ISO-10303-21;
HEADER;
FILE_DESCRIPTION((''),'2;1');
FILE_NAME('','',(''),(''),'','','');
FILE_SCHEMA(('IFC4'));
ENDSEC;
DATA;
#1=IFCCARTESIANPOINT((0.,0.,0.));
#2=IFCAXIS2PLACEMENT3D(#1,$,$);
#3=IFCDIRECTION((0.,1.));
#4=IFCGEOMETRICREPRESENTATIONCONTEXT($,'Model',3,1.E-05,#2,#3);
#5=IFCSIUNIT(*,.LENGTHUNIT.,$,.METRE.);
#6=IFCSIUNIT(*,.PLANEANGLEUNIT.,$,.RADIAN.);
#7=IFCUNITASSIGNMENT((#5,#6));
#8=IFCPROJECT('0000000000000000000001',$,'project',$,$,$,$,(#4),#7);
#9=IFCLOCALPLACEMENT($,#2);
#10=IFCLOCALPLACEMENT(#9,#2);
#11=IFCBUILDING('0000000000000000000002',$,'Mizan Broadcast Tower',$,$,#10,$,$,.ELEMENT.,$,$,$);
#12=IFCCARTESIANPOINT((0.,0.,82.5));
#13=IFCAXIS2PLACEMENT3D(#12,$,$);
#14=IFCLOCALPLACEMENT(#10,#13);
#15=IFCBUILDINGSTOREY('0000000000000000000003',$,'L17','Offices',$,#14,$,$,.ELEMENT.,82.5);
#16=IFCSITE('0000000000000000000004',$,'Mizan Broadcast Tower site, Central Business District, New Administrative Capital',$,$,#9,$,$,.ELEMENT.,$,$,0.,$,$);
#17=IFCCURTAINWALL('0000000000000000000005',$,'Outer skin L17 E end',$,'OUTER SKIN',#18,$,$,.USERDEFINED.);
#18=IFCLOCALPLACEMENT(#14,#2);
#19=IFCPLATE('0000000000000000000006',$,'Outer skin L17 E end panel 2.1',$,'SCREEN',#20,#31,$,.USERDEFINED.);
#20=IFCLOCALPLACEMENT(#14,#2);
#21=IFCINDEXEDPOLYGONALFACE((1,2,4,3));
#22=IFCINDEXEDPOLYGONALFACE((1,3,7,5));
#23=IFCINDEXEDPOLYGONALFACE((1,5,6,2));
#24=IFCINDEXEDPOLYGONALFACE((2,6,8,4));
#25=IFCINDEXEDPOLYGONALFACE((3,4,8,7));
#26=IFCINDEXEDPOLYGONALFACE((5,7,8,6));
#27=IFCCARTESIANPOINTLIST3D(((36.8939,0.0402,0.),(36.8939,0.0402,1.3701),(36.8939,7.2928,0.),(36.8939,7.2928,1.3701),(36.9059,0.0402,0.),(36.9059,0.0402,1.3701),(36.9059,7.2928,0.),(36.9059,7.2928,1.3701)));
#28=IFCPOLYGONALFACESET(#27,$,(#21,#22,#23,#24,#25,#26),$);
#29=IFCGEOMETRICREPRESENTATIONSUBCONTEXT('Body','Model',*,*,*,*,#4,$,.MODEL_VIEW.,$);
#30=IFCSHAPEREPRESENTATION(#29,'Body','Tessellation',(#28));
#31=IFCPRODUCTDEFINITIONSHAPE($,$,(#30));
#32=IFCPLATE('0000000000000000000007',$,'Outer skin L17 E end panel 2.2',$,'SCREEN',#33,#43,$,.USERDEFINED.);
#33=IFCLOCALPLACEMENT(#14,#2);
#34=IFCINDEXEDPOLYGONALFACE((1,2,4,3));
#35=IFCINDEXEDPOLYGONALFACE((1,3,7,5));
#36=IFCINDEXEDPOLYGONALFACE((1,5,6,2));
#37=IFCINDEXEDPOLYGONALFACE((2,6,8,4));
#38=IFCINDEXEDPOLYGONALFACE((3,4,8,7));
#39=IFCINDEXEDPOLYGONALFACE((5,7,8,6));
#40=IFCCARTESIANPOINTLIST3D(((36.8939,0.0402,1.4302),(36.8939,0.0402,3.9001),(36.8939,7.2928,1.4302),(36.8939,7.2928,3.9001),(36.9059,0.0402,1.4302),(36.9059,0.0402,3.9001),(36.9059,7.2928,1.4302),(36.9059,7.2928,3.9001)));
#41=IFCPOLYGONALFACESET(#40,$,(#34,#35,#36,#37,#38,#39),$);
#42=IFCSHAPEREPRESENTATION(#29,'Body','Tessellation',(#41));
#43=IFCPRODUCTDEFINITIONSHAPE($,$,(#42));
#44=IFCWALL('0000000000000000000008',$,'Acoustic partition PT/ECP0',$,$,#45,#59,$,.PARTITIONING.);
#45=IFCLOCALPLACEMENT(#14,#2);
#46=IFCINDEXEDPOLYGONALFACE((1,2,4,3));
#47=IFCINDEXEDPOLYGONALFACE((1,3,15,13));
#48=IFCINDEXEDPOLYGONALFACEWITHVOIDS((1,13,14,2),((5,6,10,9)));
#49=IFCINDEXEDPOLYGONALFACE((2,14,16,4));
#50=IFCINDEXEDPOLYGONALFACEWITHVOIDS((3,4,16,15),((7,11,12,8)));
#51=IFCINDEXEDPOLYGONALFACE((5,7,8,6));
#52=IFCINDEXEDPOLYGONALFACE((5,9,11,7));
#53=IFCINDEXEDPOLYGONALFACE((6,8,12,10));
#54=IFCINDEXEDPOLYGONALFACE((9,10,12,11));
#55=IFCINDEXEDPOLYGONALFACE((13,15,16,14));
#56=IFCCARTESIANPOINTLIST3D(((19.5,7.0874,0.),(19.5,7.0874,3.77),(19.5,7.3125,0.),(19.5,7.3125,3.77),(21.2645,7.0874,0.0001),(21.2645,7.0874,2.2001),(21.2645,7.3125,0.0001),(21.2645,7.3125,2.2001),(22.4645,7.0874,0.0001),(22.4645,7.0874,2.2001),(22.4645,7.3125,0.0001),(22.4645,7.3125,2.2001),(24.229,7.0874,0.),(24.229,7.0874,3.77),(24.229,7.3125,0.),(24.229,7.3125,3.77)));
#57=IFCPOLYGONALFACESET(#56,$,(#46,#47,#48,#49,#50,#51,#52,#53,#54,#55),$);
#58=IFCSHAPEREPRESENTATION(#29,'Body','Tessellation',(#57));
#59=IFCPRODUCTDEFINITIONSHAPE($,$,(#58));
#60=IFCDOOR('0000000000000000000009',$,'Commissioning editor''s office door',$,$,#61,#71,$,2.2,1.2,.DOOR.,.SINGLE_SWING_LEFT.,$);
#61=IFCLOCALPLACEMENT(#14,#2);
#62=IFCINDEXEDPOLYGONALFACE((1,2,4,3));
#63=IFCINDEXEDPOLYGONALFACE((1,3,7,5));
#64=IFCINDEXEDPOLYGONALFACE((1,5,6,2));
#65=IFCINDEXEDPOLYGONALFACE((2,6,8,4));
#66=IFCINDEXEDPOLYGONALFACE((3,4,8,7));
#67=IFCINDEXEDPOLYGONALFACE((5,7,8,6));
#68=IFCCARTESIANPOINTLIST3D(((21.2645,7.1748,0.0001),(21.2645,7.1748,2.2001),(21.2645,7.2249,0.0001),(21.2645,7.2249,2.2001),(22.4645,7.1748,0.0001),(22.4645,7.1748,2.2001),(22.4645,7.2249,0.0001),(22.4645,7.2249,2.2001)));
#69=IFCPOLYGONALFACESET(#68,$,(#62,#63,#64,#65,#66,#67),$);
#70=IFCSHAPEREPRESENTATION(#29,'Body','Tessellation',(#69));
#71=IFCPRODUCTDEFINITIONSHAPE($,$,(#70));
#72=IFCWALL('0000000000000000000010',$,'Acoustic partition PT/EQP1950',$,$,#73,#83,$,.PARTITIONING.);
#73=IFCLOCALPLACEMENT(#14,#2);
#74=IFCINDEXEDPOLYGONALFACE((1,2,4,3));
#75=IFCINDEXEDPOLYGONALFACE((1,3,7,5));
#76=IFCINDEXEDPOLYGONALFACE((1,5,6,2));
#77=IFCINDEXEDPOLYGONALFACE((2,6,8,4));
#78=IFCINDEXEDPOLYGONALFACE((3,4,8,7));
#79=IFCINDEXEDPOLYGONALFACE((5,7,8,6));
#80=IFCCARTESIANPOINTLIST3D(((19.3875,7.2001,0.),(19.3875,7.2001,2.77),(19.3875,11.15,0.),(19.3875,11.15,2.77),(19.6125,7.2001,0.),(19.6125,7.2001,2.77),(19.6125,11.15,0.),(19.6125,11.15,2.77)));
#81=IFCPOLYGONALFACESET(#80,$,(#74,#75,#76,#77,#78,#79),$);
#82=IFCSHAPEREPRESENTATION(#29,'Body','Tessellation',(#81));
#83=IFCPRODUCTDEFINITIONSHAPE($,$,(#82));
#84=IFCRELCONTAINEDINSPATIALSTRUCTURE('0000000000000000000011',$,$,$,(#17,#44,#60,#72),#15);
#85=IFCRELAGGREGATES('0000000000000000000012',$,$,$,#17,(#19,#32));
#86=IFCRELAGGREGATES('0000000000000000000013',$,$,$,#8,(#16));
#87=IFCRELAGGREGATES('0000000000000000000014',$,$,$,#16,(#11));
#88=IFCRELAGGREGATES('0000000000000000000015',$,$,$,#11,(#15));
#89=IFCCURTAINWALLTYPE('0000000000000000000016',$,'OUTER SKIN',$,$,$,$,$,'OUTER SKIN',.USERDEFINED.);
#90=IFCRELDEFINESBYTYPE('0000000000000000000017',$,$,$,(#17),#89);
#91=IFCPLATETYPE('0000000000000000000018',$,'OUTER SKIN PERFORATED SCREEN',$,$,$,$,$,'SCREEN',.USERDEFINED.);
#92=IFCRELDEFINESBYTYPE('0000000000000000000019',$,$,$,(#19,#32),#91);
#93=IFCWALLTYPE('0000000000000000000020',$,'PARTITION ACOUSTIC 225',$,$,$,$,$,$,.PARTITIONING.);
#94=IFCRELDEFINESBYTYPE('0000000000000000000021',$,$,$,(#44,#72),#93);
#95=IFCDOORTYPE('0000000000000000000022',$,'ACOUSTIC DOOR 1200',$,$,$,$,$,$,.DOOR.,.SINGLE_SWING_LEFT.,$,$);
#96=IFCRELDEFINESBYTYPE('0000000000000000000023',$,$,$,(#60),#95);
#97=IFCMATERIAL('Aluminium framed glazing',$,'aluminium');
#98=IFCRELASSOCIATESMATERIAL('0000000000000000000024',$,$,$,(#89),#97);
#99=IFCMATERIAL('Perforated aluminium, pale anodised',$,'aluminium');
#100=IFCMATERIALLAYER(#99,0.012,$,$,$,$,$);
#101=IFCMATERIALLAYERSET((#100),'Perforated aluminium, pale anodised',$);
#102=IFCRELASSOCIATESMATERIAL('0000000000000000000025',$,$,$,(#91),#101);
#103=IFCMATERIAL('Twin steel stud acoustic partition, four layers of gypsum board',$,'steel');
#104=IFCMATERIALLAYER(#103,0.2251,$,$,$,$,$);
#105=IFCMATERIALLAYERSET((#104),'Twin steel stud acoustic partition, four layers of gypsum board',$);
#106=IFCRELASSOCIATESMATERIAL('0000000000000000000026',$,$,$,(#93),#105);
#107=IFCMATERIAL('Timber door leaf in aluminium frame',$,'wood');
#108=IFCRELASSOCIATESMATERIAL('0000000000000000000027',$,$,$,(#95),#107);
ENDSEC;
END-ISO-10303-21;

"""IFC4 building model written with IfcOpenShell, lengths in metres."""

from ifc_helpers import new_model, si_unit, direction, frame, frame_2d, origin, origin_2d, place, context, subcontext, project, spatial, rectangle, extrude, material, layer, layer_set, type_object, element, fill, aggregate, save


model = new_model("IFC4")

# Units and contexts
model_context = context("Model", 3, precision=1e-05, world=origin(), true_north=direction((0.0, 1.0)))
body_context = subcontext(model_context, "Body", "Model", "MODEL_VIEW")
ifc_project = project(units=[si_unit("LENGTHUNIT", "METRE"), si_unit("PLANEANGLEUNIT", "RADIAN")], contexts=[model_context])

# Site, building, storey
site_placement = place(None, origin())
site = spatial("IfcSite", under=ifc_project, at=site_placement, Name="Mizan Broadcast Tower site, Central Business District, New Administrative Capital", CompositionType="ELEMENT", RefElevation=0.0)
building_placement = place(site_placement, origin())
building = spatial("IfcBuilding", under=site, at=building_placement, Name="Mizan Broadcast Tower", CompositionType="ELEMENT")
storey_placement = place(building_placement, frame((0.0, 0.0, 82.5)))
storey = spatial("IfcBuildingStorey", under=building, at=storey_placement, Name="L17", Description="Offices", CompositionType="ELEMENT", Elevation=82.5)

# Curtain wall
ifc_material_1 = material(Name="Aluminium framed glazing", Category="aluminium")
curtain_wall_type_1 = type_object("IfcCurtainWallType", Name="OUTER SKIN", ElementType="OUTER SKIN", PredefinedType="USERDEFINED", material=ifc_material_1)
curtain_wall_1_placement = place(storey_placement, origin())
curtain_wall_1 = element("IfcCurtainWall", 1, at=curtain_wall_1_placement, inside=storey, type_object=curtain_wall_type_1, Name="Outer skin L17 E end", ObjectType="OUTER SKIN", PredefinedType="USERDEFINED")

# Plates
ifc_material_2 = material(Name="Perforated aluminium, pale anodised", Category="aluminium")
ifc_layer_1 = layer(ifc_material_2, 0.012)
ifc_layer_set_1 = layer_set([ifc_layer_1], Name="Perforated aluminium, pale anodised")
plate_type_1 = type_object("IfcPlateType", Name="OUTER SKIN PERFORATED SCREEN", ElementType="SCREEN", PredefinedType="USERDEFINED", material=ifc_layer_set_1)
plate_1_placement = place(storey_placement, frame((36.8999, 3.6665, 0.0), z_axis=(0.0, 0.0, 1.0), x_axis=(0.0, 1.0, 0.0)))
plate_1 = element("IfcPlate", 2, at=plate_1_placement, type_object=plate_type_1, Name="Outer skin L17 E end panel 2.1", ObjectType="SCREEN", PredefinedType="USERDEFINED", context=body_context, shape_type="SweptSolid", body=[
    extrude(rectangle(XDim=7.2527, YDim=0.012, at=origin_2d()), origin(), (0.0, 0.0, 1.0), 1.3701),
])
plate_2_placement = place(storey_placement, frame((36.8999, 3.6665, 1.4302), z_axis=(0.0, 0.0, 1.0), x_axis=(0.0, 1.0, 0.0)))
plate_2 = element("IfcPlate", 3, at=plate_2_placement, type_object=plate_type_1, Name="Outer skin L17 E end panel 2.2", ObjectType="SCREEN", PredefinedType="USERDEFINED", context=body_context, shape_type="SweptSolid", body=[
    extrude(rectangle(XDim=7.2527, YDim=0.012, at=origin_2d()), origin(), (0.0, 0.0, 1.0), 2.47),
])
aggregate(curtain_wall_1, [plate_1, plate_2])

# Wall, opening, door
ifc_material_3 = material(Name="Twin steel stud acoustic partition, four layers of gypsum board", Category="steel")
ifc_layer_2 = layer(ifc_material_3, 0.2251)
ifc_layer_set_2 = layer_set([ifc_layer_2], Name="Twin steel stud acoustic partition, four layers of gypsum board")
wall_type = type_object("IfcWallType", Name="PARTITION ACOUSTIC 225", PredefinedType="PARTITIONING", material=ifc_layer_set_2)
wall_1_placement = place(storey_placement, frame((19.5, 7.2, 0.0), z_axis=(0.0, 0.0, 1.0), x_axis=(1.0, 0.0, 0.0)))
wall_1 = element("IfcWall", 4, at=wall_1_placement, inside=storey, type_object=wall_type, Name="Acoustic partition PT/ECP0", PredefinedType="PARTITIONING", context=body_context, shape_type="SweptSolid", body=[
    extrude(rectangle(XDim=4.729, YDim=0.2251, at=frame_2d((2.3645, 0.0))), origin(), (0.0, 0.0, 1.0), 3.77),
])
opening_placement = place(wall_1_placement, frame((1.7644, 0.0, 0.0)))
opening = element("IfcOpeningElement", 5, at=opening_placement, cuts=wall_1, PredefinedType="OPENING", context=body_context, shape_type="SweptSolid", body=[
    extrude(rectangle(XDim=1.2, YDim=2.2, at=frame_2d((0.6001, 1.1001))), frame((0.0, 0.1226, 0.0), z_axis=(0.0, -1.0, 0.0), x_axis=(1.0, 0.0, 0.0)), (0.0, 0.0, 1.0), 0.2451),
])
ifc_material_4 = material(Name="Timber door leaf in aluminium frame", Category="wood")
door_type = type_object("IfcDoorType", Name="ACOUSTIC DOOR 1200", OperationType="SINGLE_SWING_LEFT", PredefinedType="DOOR", material=ifc_material_4)
door_placement = place(opening_placement, origin())
door = element("IfcDoor", 6, at=door_placement, inside=storey, type_object=door_type, Name="Commissioning editor's office door", OperationType="SINGLE_SWING_LEFT", OverallHeight=2.2, OverallWidth=1.2, PredefinedType="DOOR", context=body_context, shape_type="SweptSolid", body=[
    extrude(rectangle(XDim=1.2, YDim=2.2, at=frame_2d((0.6001, 1.1001))), frame((0.0, 0.0249, 0.0), z_axis=(0.0, -1.0, 0.0), x_axis=(1.0, 0.0, 0.0)), (0.0, 0.0, 1.0), 0.05),
])
fill(opening, door)

# Wall
wall_2_placement = place(storey_placement, frame((19.5, 7.2, 0.0), z_axis=(0.0, 0.0, 1.0), x_axis=(0.0, 1.0, 0.0)))
element("IfcWall", 7, at=wall_2_placement, inside=storey, type_object=wall_type, Name="Acoustic partition PT/EQP1950", PredefinedType="PARTITIONING", context=body_context, shape_type="SweptSolid", body=[
    extrude(rectangle(XDim=3.95, YDim=0.2251, at=frame_2d((1.9751, 0.0))), origin(), (0.0, 0.0, 1.0), 2.77),
])

save(model, "model.ifc")
